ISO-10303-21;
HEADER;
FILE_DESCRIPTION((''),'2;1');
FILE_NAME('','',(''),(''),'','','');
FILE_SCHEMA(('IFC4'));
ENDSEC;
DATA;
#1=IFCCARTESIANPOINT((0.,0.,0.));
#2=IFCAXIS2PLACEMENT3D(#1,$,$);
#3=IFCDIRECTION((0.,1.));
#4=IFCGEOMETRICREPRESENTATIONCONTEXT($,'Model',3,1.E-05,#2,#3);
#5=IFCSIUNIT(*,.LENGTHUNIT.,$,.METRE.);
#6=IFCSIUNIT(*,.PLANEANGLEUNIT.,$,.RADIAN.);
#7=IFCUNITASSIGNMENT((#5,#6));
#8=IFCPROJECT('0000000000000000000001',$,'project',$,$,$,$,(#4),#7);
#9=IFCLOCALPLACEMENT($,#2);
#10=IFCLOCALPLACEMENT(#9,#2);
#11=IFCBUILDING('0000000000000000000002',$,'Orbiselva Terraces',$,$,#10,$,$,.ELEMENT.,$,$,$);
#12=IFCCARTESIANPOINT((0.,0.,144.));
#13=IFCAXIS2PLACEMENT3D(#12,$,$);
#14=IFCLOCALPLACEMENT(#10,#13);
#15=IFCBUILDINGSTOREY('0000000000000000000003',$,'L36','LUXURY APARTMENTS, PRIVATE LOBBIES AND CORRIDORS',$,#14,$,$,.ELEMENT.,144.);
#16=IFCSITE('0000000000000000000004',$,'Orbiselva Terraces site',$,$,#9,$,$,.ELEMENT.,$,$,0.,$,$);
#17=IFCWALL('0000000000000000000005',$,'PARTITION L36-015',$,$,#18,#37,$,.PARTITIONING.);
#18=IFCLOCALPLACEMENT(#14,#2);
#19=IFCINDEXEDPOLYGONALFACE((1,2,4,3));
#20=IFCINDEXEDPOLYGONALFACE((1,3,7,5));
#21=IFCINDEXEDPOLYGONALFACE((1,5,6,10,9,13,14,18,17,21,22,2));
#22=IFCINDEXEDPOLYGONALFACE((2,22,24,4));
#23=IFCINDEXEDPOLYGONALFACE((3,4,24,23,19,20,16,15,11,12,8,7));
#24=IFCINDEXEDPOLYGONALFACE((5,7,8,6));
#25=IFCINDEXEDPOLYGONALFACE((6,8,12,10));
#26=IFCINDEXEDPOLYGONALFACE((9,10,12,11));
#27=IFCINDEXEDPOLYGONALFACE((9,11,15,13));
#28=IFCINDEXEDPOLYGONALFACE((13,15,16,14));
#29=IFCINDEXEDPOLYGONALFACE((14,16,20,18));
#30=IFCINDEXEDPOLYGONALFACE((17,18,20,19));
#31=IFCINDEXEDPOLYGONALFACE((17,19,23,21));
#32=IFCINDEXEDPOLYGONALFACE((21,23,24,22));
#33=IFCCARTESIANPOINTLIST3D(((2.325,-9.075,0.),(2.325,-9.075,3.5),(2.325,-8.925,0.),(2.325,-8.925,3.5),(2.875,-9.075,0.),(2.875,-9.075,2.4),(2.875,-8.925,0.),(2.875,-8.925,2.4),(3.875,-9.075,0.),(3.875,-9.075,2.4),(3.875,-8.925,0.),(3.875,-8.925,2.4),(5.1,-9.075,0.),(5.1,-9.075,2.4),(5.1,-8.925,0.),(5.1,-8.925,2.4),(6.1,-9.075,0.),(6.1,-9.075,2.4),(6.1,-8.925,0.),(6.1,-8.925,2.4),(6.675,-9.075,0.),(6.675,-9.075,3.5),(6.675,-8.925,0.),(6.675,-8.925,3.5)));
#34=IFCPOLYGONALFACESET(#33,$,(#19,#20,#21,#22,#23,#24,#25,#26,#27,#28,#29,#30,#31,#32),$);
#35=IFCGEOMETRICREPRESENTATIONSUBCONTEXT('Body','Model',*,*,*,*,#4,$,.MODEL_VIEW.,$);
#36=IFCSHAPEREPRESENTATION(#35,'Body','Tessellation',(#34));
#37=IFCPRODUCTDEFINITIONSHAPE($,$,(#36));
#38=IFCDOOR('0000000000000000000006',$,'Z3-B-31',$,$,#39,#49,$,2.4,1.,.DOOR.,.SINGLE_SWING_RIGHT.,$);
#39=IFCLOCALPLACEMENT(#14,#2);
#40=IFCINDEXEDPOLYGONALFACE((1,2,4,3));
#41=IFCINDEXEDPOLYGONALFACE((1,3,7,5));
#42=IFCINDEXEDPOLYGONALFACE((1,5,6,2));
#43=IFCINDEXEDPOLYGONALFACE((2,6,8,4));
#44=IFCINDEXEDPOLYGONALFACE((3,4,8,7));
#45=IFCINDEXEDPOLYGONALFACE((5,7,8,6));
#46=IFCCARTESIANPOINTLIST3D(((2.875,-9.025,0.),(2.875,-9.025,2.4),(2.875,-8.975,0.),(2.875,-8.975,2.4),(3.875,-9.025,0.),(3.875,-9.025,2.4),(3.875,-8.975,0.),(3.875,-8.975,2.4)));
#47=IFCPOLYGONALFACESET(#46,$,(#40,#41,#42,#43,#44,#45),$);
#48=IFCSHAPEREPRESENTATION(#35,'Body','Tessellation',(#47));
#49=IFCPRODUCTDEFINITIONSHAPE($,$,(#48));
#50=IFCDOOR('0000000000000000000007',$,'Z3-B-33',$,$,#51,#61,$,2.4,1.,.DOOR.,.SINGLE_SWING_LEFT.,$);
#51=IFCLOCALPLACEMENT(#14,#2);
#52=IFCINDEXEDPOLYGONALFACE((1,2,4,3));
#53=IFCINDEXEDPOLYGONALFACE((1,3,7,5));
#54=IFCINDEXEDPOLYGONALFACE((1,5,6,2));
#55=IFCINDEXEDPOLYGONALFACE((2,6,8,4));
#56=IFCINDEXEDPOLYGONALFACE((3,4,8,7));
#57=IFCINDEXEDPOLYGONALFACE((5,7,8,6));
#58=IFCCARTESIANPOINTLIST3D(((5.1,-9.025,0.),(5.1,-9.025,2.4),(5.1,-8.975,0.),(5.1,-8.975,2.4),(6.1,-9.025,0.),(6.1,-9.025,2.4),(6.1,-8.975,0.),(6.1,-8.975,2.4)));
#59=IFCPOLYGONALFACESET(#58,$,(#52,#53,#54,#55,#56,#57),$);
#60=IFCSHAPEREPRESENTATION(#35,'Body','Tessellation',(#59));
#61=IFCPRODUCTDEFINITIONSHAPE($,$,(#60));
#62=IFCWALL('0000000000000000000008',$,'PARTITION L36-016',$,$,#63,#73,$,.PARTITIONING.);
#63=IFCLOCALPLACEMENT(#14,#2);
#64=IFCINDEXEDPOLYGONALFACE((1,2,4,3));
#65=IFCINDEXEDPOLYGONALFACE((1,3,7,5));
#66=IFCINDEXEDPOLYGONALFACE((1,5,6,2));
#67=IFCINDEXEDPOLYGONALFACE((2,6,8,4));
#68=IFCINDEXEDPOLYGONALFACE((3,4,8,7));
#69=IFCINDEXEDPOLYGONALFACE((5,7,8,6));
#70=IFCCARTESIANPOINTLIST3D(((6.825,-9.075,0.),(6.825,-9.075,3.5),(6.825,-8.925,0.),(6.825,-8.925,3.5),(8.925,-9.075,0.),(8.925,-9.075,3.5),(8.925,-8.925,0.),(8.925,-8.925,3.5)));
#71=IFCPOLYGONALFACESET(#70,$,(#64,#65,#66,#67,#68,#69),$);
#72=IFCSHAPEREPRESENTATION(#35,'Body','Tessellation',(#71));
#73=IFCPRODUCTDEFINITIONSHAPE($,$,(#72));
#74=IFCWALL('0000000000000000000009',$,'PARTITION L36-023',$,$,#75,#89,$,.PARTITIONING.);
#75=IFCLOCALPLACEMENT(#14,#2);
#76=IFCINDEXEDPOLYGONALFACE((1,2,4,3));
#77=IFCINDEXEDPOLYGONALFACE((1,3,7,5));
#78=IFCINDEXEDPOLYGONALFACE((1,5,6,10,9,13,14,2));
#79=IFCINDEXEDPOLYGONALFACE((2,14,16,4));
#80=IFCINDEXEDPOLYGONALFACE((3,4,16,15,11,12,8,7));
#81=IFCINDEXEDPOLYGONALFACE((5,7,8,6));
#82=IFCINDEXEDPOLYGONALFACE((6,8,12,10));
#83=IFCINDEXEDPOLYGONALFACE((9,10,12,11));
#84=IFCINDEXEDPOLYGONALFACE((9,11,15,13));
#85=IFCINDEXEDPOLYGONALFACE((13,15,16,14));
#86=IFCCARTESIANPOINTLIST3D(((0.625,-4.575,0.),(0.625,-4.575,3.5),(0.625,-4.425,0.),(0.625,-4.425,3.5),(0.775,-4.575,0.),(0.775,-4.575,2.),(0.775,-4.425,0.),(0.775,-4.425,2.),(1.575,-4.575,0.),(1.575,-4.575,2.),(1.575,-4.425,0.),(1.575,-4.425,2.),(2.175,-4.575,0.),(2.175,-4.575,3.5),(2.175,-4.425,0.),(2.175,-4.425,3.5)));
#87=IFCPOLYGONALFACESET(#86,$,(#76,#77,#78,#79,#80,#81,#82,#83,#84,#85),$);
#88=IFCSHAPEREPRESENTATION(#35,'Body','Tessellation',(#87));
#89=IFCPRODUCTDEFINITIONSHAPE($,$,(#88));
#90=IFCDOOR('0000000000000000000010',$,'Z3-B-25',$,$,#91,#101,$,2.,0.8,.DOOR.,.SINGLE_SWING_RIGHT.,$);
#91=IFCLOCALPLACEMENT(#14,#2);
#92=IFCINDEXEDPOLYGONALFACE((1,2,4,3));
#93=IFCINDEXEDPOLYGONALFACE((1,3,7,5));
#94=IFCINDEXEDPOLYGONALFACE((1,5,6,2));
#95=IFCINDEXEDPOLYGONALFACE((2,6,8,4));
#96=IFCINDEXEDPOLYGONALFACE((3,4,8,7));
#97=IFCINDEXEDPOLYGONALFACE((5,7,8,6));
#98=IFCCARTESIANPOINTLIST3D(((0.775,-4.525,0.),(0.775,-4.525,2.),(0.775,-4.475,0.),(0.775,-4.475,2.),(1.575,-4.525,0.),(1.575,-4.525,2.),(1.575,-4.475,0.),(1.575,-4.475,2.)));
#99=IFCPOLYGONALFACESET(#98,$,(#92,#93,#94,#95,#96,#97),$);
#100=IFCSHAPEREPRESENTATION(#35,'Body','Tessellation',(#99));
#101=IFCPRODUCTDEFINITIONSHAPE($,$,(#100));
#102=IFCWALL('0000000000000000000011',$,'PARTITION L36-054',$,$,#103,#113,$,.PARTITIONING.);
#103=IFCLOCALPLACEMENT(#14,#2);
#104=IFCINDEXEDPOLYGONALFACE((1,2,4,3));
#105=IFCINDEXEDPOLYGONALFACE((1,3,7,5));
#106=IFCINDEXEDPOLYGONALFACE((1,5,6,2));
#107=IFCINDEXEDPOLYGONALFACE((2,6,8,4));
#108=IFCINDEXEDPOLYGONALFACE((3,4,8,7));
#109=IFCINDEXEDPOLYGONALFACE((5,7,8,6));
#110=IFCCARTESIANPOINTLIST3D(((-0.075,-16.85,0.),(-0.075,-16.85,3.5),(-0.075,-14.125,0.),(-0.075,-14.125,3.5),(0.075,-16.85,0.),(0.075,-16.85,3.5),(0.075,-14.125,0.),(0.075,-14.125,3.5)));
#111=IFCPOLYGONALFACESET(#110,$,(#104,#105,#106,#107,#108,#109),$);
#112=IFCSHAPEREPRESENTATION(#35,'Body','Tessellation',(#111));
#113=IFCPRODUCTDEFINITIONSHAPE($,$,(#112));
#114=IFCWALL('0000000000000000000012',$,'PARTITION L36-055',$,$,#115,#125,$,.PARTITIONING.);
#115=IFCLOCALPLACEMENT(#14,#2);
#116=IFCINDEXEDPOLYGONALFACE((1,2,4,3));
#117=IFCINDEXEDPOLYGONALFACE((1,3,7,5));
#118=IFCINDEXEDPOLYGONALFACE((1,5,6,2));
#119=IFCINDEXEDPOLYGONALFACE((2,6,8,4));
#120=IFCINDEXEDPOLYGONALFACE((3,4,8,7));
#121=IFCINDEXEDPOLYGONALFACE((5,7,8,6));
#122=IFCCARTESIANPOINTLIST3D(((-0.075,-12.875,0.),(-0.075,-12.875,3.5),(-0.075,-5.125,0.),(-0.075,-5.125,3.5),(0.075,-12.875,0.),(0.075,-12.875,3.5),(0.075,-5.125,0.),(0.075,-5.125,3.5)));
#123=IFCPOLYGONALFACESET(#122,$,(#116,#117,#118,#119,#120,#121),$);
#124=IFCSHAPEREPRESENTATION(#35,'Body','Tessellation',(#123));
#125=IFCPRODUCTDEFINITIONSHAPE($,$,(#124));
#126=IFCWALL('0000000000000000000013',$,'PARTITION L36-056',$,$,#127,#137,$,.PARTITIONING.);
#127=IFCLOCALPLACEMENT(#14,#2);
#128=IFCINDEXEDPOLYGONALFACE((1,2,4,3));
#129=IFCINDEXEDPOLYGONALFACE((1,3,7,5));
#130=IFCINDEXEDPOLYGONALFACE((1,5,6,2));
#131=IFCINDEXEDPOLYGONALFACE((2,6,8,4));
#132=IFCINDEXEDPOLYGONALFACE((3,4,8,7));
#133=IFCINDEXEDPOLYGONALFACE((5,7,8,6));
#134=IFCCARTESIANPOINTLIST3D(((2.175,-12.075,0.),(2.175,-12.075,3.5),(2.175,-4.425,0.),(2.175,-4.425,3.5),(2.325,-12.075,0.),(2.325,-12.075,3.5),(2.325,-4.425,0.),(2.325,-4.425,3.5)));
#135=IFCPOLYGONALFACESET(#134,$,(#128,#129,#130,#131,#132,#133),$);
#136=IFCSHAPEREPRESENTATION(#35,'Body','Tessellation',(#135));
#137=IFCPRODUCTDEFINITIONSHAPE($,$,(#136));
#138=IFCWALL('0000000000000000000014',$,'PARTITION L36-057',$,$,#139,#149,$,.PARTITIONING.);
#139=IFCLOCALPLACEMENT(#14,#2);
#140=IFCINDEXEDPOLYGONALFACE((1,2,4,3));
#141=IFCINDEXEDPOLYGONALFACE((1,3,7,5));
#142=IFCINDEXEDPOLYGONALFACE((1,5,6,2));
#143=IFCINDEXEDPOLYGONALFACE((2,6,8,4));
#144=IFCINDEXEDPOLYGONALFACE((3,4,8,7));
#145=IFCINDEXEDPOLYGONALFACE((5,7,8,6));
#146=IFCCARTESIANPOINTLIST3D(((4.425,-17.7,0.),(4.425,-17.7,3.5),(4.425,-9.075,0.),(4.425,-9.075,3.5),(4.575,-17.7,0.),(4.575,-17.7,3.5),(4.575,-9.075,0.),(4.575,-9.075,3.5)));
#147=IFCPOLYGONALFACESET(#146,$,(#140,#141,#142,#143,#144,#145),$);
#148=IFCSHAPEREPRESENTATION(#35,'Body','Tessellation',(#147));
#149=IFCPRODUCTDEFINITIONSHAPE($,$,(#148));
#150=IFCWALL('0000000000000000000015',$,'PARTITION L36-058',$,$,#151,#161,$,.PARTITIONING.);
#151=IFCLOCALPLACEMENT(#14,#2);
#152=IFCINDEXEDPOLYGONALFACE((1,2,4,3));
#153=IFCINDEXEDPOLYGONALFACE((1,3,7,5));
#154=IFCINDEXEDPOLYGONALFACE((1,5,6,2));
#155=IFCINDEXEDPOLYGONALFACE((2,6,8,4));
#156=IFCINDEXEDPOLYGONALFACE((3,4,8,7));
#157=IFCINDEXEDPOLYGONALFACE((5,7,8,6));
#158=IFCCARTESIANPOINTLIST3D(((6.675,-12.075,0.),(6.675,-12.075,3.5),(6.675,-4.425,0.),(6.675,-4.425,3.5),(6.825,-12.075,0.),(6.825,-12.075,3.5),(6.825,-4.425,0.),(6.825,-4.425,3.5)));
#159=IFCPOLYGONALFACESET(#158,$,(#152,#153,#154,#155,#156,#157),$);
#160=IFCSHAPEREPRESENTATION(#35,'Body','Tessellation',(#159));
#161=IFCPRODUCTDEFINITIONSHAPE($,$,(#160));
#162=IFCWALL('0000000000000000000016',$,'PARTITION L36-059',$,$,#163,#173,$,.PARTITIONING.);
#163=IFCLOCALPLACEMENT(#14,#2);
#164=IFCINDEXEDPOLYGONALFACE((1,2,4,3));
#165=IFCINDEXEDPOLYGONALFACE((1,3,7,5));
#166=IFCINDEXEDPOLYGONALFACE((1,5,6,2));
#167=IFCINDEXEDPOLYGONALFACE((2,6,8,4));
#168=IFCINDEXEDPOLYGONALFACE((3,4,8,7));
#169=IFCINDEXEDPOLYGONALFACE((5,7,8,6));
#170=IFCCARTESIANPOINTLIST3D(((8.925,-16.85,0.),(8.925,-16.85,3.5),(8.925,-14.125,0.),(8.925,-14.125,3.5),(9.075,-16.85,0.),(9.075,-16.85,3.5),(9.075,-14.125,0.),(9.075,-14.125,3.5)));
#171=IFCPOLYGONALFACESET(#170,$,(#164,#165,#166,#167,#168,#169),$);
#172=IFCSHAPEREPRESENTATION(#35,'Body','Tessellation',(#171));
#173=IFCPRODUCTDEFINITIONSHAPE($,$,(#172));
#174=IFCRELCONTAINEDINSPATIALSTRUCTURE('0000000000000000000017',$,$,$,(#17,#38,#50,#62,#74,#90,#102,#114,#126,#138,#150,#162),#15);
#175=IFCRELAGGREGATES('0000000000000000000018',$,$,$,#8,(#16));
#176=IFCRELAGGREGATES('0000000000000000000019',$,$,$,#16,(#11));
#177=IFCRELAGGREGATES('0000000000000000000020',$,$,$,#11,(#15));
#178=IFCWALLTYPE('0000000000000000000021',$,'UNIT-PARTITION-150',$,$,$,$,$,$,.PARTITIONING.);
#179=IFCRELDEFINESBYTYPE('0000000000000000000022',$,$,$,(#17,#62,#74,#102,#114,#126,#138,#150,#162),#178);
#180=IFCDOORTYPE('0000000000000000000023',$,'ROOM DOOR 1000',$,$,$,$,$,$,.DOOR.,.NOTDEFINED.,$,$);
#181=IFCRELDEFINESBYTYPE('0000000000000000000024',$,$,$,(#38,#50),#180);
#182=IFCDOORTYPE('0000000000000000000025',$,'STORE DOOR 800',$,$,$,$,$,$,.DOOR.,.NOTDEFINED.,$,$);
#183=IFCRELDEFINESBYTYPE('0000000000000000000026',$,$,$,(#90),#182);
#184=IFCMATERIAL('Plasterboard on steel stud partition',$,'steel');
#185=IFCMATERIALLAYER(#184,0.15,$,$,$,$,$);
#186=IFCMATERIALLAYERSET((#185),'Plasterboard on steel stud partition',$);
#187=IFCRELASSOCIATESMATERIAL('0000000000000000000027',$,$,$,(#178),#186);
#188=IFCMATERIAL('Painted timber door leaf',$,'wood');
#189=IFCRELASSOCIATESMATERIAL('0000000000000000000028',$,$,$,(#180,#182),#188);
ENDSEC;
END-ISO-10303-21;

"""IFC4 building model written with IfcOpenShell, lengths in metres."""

from ifc_helpers import new_model, si_unit, direction, frame, frame_2d, origin, place, context, subcontext, project, spatial, rectangle, extrude, material, layer, layer_set, type_object, element, fill, save


model = new_model("IFC4")

# Units and contexts
model_context = context("Model", 3, precision=1e-05, world=origin(), true_north=direction((0.0, 1.0)))
body_context = subcontext(model_context, "Body", "Model", "MODEL_VIEW")
ifc_project = project(units=[si_unit("LENGTHUNIT", "METRE"), si_unit("PLANEANGLEUNIT", "RADIAN")], contexts=[model_context])

# Site, building, storey
site_placement = place(None, origin())
site = spatial("IfcSite", under=ifc_project, at=site_placement, Name="Orbiselva Terraces site", CompositionType="ELEMENT", RefElevation=0.0)
building_placement = place(site_placement, origin())
building = spatial("IfcBuilding", under=site, at=building_placement, Name="Orbiselva Terraces", CompositionType="ELEMENT")
storey_placement = place(building_placement, frame((0.0, 0.0, 144.0)))
storey = spatial("IfcBuildingStorey", under=building, at=storey_placement, Name="L36", Description="LUXURY APARTMENTS, PRIVATE LOBBIES AND CORRIDORS", CompositionType="ELEMENT", Elevation=144.0)

# Shared definitions
ifc_material_1 = material(Name="Plasterboard on steel stud partition", Category="steel")
ifc_layer_1 = layer(ifc_material_1, 0.15)
ifc_layer_set_1 = layer_set([ifc_layer_1], Name="Plasterboard on steel stud partition")
wall_type_1 = type_object("IfcWallType", Name="UNIT-PARTITION-150", PredefinedType="PARTITIONING", material=ifc_layer_set_1)
ifc_material_2 = material(Name="Painted timber door leaf", Category="wood")

# Wall, openings, doors
wall_1_placement = place(storey_placement, frame((6.675, -9.0, 0.0), z_axis=(0.0, 0.0, 1.0), x_axis=(-1.0, 0.0, 0.0)))
wall_1 = element("IfcWall", 1, at=wall_1_placement, inside=storey, type_object=wall_type_1, Name="PARTITION L36-015", PredefinedType="PARTITIONING", context=body_context, shape_type="SweptSolid", body=[
    extrude(rectangle(XDim=4.35, YDim=0.15, at=frame_2d((2.175, 0.0))), origin(), (0.0, 0.0, 1.0), 3.5),
])
opening_1_placement = place(wall_1_placement, frame((2.8, 0.0, 0.0)))
opening_1 = element("IfcOpeningElement", 2, at=opening_1_placement, cuts=wall_1, PredefinedType="OPENING", context=body_context, shape_type="SweptSolid", body=[
    extrude(rectangle(XDim=1.0, YDim=2.4, at=frame_2d((0.5, 1.2))), frame((0.0, 0.085, 0.0), z_axis=(0.0, -1.0, 0.0), x_axis=(1.0, 0.0, 0.0)), (0.0, 0.0, 1.0), 0.17),
])
opening_2_placement = place(wall_1_placement, frame((0.575, 0.0, 0.0)))
opening_2 = element("IfcOpeningElement", 3, at=opening_2_placement, cuts=wall_1, PredefinedType="OPENING", context=body_context, shape_type="SweptSolid", body=[
    extrude(rectangle(XDim=1.0, YDim=2.4, at=frame_2d((0.5, 1.2))), frame((0.0, 0.085, 0.0), z_axis=(0.0, -1.0, 0.0), x_axis=(1.0, 0.0, 0.0)), (0.0, 0.0, 1.0), 0.17),
])
door_type_1 = type_object("IfcDoorType", Name="ROOM DOOR 1000", OperationType="NOTDEFINED", PredefinedType="DOOR", material=ifc_material_2)
door_1_placement = place(opening_1_placement, origin())
door_1 = element("IfcDoor", 4, at=door_1_placement, inside=storey, type_object=door_type_1, Name="Z3-B-31", OperationType="SINGLE_SWING_RIGHT", OverallHeight=2.4, OverallWidth=1.0, PredefinedType="DOOR", context=body_context, shape_type="SweptSolid", body=[
    extrude(rectangle(XDim=1.0, YDim=2.4, at=frame_2d((0.5, 1.2))), frame((0.0, 0.025, 0.0), z_axis=(0.0, -1.0, 0.0), x_axis=(1.0, 0.0, 0.0)), (0.0, 0.0, 1.0), 0.05),
])
fill(opening_1, door_1)
door_2_placement = place(opening_2_placement, origin())
door_2 = element("IfcDoor", 5, at=door_2_placement, inside=storey, type_object=door_type_1, Name="Z3-B-33", OperationType="SINGLE_SWING_LEFT", OverallHeight=2.4, OverallWidth=1.0, PredefinedType="DOOR", context=body_context, shape_type="SweptSolid", body=[
    extrude(rectangle(XDim=1.0, YDim=2.4, at=frame_2d((0.5, 1.2))), frame((0.0, 0.025, 0.0), z_axis=(0.0, -1.0, 0.0), x_axis=(1.0, 0.0, 0.0)), (0.0, 0.0, 1.0), 0.05),
])
fill(opening_2, door_2)

# Wall
wall_2_placement = place(storey_placement, frame((6.825, -9.0, 0.0), z_axis=(0.0, 0.0, 1.0), x_axis=(1.0, 0.0, 0.0)))
element("IfcWall", 6, at=wall_2_placement, inside=storey, type_object=wall_type_1, Name="PARTITION L36-016", PredefinedType="PARTITIONING", context=body_context, shape_type="SweptSolid", body=[
    extrude(rectangle(XDim=2.1, YDim=0.15, at=frame_2d((1.05, 0.0))), origin(), (0.0, 0.0, 1.0), 3.5),
])

# Wall, opening, door
wall_3_placement = place(storey_placement, frame((2.175, -4.5, 0.0), z_axis=(0.0, 0.0, 1.0), x_axis=(-1.0, 0.0, 0.0)))
wall_3 = element("IfcWall", 7, at=wall_3_placement, inside=storey, type_object=wall_type_1, Name="PARTITION L36-023", PredefinedType="PARTITIONING", context=body_context, shape_type="SweptSolid", body=[
    extrude(rectangle(XDim=1.55, YDim=0.15, at=frame_2d((0.775, 0.0))), origin(), (0.0, 0.0, 1.0), 3.5),
])
opening_3_placement = place(wall_3_placement, frame((0.6, 0.0, 0.0)))
opening_3 = element("IfcOpeningElement", 8, at=opening_3_placement, cuts=wall_3, PredefinedType="OPENING", context=body_context, shape_type="SweptSolid", body=[
    extrude(rectangle(XDim=0.8, YDim=2.0, at=frame_2d((0.4, 1.0))), frame((0.0, 0.085, 0.0), z_axis=(0.0, -1.0, 0.0), x_axis=(1.0, 0.0, 0.0)), (0.0, 0.0, 1.0), 0.17),
])
door_type_2 = type_object("IfcDoorType", Name="STORE DOOR 800", OperationType="NOTDEFINED", PredefinedType="DOOR", material=ifc_material_2)
door_3_placement = place(opening_3_placement, origin())
door_3 = element("IfcDoor", 9, at=door_3_placement, inside=storey, type_object=door_type_2, Name="Z3-B-25", OperationType="SINGLE_SWING_RIGHT", OverallHeight=2.0, OverallWidth=0.8, PredefinedType="DOOR", context=body_context, shape_type="SweptSolid", body=[
    extrude(rectangle(XDim=0.8, YDim=2.0, at=frame_2d((0.4, 1.0))), frame((0.0, 0.025, 0.0), z_axis=(0.0, -1.0, 0.0), x_axis=(1.0, 0.0, 0.0)), (0.0, 0.0, 1.0), 0.05),
])
fill(opening_3, door_3)

# Walls
wall_4_placement = place(storey_placement, frame((0.0, -16.85, 0.0), z_axis=(0.0, 0.0, 1.0), x_axis=(0.0, 1.0, 0.0)))
element("IfcWall", 10, at=wall_4_placement, inside=storey, type_object=wall_type_1, Name="PARTITION L36-054", PredefinedType="PARTITIONING", context=body_context, shape_type="SweptSolid", body=[
    extrude(rectangle(XDim=2.725, YDim=0.15, at=frame_2d((1.3625, 0.0))), origin(), (0.0, 0.0, 1.0), 3.5),
])
wall_5_placement = place(storey_placement, frame((0.0, -12.875, 0.0), z_axis=(0.0, 0.0, 1.0), x_axis=(0.0, 1.0, 0.0)))
element("IfcWall", 11, at=wall_5_placement, inside=storey, type_object=wall_type_1, Name="PARTITION L36-055", PredefinedType="PARTITIONING", context=body_context, shape_type="SweptSolid", body=[
    extrude(rectangle(XDim=7.75, YDim=0.15, at=frame_2d((3.875, 0.0))), origin(), (0.0, 0.0, 1.0), 3.5),
])
wall_6_placement = place(storey_placement, frame((2.25, -12.075, 0.0), z_axis=(0.0, 0.0, 1.0), x_axis=(0.0, 1.0, 0.0)))
element("IfcWall", 12, at=wall_6_placement, inside=storey, type_object=wall_type_1, Name="PARTITION L36-056", PredefinedType="PARTITIONING", context=body_context, shape_type="SweptSolid", body=[
    extrude(rectangle(XDim=7.65, YDim=0.15, at=frame_2d((3.825, 0.0))), origin(), (0.0, 0.0, 1.0), 3.5),
])
wall_7_placement = place(storey_placement, frame((4.5, -17.7, 0.0), z_axis=(0.0, 0.0, 1.0), x_axis=(0.0, 1.0, 0.0)))
element("IfcWall", 13, at=wall_7_placement, inside=storey, type_object=wall_type_1, Name="PARTITION L36-057", PredefinedType="PARTITIONING", context=body_context, shape_type="SweptSolid", body=[
    extrude(rectangle(XDim=8.625, YDim=0.15, at=frame_2d((4.3125, 0.0))), origin(), (0.0, 0.0, 1.0), 3.5),
])
wall_8_placement = place(storey_placement, frame((6.75, -12.075, 0.0), z_axis=(0.0, 0.0, 1.0), x_axis=(0.0, 1.0, 0.0)))
element("IfcWall", 14, at=wall_8_placement, inside=storey, type_object=wall_type_1, Name="PARTITION L36-058", PredefinedType="PARTITIONING", context=body_context, shape_type="SweptSolid", body=[
    extrude(rectangle(XDim=7.65, YDim=0.15, at=frame_2d((3.825, 0.0))), origin(), (0.0, 0.0, 1.0), 3.5),
])
wall_9_placement = place(storey_placement, frame((9.0, -16.85, 0.0), z_axis=(0.0, 0.0, 1.0), x_axis=(0.0, 1.0, 0.0)))
element("IfcWall", 15, at=wall_9_placement, inside=storey, type_object=wall_type_1, Name="PARTITION L36-059", PredefinedType="PARTITIONING", context=body_context, shape_type="SweptSolid", body=[
    extrude(rectangle(XDim=2.725, YDim=0.15, at=frame_2d((1.3625, 0.0))), origin(), (0.0, 0.0, 1.0), 3.5),
])

save(model, "model.ifc")
